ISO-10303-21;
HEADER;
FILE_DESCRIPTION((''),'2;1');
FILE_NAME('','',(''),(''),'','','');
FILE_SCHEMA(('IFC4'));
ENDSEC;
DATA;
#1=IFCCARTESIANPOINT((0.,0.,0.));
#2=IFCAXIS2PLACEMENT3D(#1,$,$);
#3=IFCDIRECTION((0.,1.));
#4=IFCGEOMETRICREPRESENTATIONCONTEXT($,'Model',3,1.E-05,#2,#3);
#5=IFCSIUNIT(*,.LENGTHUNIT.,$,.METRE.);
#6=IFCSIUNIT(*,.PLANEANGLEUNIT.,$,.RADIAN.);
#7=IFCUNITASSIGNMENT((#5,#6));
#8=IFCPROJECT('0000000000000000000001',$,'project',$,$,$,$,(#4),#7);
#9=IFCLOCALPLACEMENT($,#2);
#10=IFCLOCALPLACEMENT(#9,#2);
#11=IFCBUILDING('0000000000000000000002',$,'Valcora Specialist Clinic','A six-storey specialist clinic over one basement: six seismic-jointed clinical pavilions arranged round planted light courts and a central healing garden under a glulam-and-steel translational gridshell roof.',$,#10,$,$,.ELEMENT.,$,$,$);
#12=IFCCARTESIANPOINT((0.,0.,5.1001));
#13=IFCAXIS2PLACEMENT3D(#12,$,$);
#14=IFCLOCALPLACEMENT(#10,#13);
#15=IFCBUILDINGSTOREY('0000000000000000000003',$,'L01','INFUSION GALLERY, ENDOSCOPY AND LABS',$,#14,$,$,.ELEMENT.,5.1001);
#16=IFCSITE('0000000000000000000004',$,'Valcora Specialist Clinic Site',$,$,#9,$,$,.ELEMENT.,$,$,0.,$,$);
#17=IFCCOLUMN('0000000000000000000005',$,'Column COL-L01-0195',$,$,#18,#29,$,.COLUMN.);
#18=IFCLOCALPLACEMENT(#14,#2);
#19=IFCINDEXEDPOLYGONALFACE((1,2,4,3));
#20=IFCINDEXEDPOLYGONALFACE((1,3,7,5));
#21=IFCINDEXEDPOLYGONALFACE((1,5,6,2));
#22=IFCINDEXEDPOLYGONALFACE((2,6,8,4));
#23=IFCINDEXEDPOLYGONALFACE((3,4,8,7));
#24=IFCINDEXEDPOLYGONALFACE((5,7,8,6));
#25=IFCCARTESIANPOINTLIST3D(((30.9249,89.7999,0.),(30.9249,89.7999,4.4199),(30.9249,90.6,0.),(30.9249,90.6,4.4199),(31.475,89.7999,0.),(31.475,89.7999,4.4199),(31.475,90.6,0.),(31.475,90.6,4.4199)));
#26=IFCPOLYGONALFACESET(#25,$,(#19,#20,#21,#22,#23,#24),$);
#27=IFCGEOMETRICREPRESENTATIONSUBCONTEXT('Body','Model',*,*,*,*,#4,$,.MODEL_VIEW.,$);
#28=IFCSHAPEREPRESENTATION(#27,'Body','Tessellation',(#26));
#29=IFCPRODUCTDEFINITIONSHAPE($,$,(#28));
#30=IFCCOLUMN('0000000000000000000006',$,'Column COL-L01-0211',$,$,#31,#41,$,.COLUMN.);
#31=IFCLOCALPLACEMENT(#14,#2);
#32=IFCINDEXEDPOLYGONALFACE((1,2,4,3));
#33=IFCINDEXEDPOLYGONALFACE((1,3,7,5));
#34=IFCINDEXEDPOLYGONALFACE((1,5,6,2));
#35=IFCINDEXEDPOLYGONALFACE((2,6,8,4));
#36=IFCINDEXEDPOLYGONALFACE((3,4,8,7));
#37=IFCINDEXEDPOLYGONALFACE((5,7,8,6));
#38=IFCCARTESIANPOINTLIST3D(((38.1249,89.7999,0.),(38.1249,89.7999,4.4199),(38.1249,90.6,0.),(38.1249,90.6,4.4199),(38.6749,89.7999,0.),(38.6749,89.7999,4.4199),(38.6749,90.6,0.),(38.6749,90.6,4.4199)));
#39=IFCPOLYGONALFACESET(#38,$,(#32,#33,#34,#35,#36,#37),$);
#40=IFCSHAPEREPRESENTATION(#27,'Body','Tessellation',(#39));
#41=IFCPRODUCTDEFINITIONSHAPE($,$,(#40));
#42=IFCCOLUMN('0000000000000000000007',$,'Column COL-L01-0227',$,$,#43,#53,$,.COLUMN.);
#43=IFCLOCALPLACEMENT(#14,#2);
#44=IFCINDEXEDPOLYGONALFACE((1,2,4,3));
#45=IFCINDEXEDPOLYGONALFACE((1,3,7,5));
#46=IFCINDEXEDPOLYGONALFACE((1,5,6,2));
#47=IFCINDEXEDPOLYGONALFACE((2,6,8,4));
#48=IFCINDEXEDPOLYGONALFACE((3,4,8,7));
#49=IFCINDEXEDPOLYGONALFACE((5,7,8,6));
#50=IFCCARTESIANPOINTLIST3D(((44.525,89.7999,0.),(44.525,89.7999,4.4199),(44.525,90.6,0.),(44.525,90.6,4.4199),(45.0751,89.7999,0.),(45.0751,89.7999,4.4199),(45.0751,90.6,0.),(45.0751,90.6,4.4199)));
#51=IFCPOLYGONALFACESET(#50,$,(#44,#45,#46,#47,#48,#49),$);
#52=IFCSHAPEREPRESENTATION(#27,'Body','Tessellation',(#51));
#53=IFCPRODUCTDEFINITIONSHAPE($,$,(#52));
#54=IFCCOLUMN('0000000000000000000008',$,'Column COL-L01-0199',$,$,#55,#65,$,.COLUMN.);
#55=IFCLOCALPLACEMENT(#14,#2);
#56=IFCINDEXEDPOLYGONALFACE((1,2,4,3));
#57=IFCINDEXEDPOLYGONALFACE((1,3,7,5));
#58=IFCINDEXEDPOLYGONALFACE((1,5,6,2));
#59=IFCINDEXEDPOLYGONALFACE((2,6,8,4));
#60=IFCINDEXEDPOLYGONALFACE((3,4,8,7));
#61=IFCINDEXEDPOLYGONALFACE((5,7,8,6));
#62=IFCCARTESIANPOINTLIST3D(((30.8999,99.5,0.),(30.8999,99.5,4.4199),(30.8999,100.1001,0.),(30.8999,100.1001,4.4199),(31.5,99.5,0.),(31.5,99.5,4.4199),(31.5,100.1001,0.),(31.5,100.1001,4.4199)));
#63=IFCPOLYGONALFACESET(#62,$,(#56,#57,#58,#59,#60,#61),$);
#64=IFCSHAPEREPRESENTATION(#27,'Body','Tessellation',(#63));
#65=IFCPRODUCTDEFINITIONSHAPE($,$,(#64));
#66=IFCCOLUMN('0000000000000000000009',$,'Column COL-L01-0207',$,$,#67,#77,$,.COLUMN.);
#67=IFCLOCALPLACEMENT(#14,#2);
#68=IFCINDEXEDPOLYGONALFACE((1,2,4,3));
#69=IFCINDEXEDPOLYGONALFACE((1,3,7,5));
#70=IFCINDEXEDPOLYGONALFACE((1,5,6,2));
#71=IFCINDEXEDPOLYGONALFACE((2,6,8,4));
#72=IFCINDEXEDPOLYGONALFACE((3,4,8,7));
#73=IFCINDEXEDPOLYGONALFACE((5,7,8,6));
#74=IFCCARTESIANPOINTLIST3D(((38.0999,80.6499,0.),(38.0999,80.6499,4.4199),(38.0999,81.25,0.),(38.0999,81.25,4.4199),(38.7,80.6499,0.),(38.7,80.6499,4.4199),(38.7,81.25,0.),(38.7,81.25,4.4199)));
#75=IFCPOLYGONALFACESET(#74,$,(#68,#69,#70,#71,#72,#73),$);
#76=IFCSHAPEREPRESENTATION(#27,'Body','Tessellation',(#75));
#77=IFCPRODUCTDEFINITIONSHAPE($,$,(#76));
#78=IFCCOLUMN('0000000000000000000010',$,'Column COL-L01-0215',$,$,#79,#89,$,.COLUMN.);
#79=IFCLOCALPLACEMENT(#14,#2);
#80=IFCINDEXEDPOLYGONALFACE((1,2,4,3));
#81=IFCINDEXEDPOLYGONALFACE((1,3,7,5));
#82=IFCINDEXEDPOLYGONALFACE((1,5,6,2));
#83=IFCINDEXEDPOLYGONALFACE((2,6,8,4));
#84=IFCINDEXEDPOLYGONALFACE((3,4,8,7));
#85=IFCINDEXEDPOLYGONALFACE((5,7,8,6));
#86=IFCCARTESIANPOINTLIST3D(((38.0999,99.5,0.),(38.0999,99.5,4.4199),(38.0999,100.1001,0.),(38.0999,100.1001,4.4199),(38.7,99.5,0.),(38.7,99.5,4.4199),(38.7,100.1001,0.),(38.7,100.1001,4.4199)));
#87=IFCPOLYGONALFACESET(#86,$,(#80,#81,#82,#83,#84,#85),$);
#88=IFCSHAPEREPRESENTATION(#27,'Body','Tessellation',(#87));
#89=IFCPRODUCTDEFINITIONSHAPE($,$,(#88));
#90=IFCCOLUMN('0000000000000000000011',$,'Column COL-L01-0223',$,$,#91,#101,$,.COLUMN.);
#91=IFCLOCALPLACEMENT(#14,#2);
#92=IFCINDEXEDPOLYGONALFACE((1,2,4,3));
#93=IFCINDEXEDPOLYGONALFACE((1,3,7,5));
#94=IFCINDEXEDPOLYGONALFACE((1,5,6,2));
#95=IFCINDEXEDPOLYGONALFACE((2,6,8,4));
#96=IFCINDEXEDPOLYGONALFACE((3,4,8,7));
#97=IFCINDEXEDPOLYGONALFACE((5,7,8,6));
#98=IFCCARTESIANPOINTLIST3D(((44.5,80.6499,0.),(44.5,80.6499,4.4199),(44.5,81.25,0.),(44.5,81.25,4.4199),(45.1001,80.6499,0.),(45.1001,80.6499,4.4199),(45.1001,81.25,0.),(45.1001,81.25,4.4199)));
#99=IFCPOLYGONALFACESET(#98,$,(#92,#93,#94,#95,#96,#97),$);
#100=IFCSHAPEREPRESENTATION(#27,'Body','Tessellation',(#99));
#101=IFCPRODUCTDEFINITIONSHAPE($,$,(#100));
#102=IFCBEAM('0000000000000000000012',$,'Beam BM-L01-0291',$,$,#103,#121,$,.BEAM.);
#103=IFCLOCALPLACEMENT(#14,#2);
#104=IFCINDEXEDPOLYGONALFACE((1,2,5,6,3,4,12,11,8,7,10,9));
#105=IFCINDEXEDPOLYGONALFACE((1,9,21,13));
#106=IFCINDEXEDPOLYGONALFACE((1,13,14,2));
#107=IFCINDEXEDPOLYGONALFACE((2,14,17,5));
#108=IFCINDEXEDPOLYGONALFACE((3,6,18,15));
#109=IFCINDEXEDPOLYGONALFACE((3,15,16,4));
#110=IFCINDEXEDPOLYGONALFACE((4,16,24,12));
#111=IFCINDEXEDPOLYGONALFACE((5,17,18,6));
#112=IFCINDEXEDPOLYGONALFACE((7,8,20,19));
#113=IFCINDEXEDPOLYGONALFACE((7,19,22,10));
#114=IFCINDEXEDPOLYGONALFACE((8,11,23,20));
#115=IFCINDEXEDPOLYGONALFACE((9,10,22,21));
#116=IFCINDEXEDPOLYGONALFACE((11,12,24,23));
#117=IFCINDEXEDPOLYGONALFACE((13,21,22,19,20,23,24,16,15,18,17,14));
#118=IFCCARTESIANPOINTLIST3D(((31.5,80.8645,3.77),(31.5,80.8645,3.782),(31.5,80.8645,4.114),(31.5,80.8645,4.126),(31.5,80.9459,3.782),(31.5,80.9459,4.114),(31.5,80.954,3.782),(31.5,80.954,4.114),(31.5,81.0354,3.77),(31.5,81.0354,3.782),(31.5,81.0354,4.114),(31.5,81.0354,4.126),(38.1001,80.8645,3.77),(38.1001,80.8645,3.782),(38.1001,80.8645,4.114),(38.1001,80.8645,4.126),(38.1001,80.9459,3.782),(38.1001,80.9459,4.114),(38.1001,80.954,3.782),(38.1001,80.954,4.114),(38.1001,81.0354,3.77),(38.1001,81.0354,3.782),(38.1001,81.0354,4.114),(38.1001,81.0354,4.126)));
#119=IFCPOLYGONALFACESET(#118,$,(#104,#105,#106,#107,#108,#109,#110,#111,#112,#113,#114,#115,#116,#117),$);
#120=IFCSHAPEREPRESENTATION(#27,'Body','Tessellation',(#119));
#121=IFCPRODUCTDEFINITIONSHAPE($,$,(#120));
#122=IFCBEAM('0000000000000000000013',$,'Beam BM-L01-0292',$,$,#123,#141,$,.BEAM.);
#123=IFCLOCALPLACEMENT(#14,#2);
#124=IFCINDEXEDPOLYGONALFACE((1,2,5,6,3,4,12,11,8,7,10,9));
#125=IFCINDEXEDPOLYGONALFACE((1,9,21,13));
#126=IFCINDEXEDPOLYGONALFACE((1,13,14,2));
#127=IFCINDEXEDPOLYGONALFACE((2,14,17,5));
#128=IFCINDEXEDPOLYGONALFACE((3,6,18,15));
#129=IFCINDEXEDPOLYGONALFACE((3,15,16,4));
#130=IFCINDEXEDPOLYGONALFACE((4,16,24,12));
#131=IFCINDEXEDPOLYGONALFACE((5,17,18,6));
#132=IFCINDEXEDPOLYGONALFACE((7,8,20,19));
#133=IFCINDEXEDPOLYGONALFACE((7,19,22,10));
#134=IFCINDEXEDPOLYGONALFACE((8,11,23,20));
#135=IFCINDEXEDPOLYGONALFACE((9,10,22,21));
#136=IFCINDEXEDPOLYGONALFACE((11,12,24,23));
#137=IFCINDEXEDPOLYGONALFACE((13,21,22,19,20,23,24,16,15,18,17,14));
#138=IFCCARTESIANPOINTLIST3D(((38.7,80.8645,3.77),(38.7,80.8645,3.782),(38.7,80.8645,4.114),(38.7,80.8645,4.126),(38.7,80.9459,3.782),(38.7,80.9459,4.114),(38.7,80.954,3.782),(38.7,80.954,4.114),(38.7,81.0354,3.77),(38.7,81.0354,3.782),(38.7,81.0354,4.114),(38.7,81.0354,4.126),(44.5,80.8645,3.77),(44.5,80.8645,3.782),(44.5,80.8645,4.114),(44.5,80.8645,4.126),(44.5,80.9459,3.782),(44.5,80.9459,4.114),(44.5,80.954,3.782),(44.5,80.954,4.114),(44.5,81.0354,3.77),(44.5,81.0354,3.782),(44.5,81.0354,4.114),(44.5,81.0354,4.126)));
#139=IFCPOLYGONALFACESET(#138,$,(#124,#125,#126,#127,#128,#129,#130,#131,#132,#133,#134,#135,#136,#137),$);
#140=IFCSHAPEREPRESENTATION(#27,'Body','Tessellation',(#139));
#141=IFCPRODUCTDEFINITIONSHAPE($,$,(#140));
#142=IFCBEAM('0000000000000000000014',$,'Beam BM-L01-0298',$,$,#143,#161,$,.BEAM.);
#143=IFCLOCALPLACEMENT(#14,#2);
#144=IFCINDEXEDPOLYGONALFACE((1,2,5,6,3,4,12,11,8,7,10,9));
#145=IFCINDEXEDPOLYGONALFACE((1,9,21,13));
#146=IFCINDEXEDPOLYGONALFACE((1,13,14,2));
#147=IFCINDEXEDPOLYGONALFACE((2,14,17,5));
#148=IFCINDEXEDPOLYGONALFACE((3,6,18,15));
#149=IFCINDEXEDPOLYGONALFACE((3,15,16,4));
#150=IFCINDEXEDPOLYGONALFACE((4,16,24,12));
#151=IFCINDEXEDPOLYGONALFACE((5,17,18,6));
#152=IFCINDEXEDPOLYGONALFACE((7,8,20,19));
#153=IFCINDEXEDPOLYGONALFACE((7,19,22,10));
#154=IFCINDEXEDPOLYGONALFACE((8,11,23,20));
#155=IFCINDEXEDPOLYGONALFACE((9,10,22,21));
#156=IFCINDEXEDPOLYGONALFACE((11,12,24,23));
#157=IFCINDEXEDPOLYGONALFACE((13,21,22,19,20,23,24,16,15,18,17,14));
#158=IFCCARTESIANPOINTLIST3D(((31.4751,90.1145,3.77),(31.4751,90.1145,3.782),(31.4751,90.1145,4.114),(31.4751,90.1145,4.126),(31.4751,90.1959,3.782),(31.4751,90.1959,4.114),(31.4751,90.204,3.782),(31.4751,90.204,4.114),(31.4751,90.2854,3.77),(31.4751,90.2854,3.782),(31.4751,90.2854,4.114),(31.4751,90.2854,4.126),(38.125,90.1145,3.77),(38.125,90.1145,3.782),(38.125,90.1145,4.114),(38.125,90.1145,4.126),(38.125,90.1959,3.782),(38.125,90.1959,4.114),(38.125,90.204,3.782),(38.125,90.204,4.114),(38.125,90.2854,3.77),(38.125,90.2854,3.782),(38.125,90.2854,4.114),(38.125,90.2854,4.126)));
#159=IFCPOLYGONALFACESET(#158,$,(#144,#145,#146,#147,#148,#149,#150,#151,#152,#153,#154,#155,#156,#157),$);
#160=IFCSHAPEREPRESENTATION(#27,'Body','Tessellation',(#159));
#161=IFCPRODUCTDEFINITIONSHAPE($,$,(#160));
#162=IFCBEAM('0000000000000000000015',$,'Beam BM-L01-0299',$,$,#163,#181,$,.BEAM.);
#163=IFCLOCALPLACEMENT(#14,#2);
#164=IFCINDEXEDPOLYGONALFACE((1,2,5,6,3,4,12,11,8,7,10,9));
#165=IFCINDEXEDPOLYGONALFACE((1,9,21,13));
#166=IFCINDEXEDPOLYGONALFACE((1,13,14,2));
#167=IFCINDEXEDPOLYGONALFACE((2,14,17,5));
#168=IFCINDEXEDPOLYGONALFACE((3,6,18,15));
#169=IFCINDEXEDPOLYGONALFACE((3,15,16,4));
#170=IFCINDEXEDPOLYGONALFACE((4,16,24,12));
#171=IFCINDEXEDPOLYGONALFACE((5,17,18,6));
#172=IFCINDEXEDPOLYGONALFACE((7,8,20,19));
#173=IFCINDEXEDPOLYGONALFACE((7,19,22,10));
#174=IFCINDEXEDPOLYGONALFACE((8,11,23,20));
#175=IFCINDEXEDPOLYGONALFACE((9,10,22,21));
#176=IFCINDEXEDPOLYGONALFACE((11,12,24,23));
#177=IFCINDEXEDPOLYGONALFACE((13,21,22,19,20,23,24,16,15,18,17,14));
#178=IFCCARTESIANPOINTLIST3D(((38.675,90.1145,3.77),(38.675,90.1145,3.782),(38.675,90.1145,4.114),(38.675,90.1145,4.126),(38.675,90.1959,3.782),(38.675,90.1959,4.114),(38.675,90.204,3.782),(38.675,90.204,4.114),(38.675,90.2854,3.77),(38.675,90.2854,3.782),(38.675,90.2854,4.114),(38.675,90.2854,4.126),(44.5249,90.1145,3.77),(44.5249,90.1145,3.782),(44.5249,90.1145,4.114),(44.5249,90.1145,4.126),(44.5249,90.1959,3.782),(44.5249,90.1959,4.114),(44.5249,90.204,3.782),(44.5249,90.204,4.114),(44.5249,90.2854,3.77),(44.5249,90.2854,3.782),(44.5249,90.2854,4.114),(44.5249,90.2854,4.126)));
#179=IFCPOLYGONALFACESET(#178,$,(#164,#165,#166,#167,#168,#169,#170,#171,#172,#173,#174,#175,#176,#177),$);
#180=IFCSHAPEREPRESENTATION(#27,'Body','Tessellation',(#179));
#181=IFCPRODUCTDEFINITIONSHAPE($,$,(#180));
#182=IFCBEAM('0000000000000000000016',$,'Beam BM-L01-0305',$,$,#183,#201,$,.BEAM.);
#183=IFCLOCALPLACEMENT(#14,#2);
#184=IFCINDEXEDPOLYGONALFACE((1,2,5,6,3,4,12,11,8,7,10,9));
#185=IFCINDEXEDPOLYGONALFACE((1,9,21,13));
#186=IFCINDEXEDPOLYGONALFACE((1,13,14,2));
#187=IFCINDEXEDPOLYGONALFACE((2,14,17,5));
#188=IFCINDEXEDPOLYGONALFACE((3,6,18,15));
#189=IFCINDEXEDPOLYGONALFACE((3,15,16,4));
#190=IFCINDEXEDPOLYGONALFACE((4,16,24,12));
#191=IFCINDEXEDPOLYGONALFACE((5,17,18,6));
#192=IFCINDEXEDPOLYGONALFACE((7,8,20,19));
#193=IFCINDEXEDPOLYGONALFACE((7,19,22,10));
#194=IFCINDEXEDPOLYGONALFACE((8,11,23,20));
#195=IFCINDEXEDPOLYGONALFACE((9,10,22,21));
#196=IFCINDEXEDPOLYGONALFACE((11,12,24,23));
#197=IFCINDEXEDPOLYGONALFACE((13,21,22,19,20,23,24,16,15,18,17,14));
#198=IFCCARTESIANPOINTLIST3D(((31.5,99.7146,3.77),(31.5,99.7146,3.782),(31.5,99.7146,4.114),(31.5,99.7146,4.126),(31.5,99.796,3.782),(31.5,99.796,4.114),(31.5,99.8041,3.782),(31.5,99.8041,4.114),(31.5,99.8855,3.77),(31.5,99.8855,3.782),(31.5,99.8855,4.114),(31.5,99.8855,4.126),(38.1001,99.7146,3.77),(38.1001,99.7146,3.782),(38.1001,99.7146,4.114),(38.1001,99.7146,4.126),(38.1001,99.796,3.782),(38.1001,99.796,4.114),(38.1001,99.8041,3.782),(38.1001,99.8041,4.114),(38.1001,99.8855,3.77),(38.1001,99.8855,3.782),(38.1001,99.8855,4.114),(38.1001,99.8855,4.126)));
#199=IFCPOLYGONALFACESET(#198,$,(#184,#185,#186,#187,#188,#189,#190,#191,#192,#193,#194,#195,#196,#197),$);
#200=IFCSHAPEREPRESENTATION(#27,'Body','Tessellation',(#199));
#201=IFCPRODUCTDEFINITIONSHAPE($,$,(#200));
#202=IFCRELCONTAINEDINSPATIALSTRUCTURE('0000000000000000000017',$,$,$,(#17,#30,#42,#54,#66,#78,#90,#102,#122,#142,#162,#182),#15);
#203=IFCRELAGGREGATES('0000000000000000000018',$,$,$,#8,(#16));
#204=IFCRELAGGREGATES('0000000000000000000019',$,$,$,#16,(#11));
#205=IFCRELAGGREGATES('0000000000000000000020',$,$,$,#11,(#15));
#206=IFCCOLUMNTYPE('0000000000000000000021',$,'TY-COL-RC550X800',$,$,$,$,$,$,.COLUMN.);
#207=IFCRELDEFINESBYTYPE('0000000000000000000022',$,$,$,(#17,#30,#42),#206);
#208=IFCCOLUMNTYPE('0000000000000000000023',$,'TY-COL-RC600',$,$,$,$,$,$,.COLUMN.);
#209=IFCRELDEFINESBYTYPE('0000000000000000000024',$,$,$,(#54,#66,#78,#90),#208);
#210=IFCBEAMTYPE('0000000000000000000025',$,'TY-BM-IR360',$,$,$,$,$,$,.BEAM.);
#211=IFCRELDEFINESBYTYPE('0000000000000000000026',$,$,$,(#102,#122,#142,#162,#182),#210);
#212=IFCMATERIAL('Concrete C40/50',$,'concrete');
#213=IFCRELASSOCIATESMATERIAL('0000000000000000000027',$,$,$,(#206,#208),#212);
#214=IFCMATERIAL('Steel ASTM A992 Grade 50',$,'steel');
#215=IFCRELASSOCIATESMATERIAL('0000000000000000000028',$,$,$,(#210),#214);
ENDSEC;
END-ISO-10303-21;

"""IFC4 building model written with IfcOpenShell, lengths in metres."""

from ifc_helpers import new_model, si_unit, direction, frame, origin, origin_2d, place, context, subcontext, project, spatial, rectangle, i_section, extrude, material, material_profile, profile_set, type_object, element, save


model = new_model("IFC4")

# Units and contexts
model_context = context("Model", 3, precision=1e-05, world=origin(), true_north=direction((0.0, 1.0)))
body_context = subcontext(model_context, "Body", "Model", "MODEL_VIEW")
ifc_project = project(units=[si_unit("LENGTHUNIT", "METRE"), si_unit("PLANEANGLEUNIT", "RADIAN")], contexts=[model_context])

# Site, building, storey
site_placement = place(None, origin())
site = spatial("IfcSite", under=ifc_project, at=site_placement, Name="Valcora Specialist Clinic Site", CompositionType="ELEMENT", RefElevation=0.0)
building_placement = place(site_placement, origin())
building = spatial("IfcBuilding", under=site, at=building_placement, Name="Valcora Specialist Clinic", Description="A six-storey specialist clinic over one basement: six seismic-jointed clinical pavilions arranged round planted light courts and a central healing garden under a glulam-and-steel translational gridshell roof.", CompositionType="ELEMENT")
storey_placement = place(building_placement, frame((0.0, 0.0, 5.1001)))
storey = spatial("IfcBuildingStorey", under=building, at=storey_placement, Name="L01", Description="INFUSION GALLERY, ENDOSCOPY AND LABS", CompositionType="ELEMENT", Elevation=5.1001)

# Columns
ifc_material_1 = material(Name="Concrete C40/50", Category="concrete")
ifc_material_profile_1 = material_profile(ifc_material_1, rectangle(XDim=0.55, YDim=0.8, at=origin_2d()), Name="RC-COL-550X800")
ifc_profile_set_1 = profile_set([ifc_material_profile_1], Name="Concrete C40/50")
column_type_1 = type_object("IfcColumnType", Name="TY-COL-RC550X800", PredefinedType="COLUMN", material=ifc_profile_set_1)
for number, where, z_axis, x_axis, name in (
    (1, (31.2, 90.2, 0.0), (0.0, 0.0, 1.0), (1.0, 0.0, 0.0), "Column COL-L01-0195"),
    (2, (38.3999, 90.2, 0.0), (0.0, 0.0, 1.0), (1.0, 0.0, 0.0), "Column COL-L01-0211"),
    (3, (44.8, 90.2, 0.0), (0.0, 0.0, 1.0), (1.0, 0.0, 0.0), "Column COL-L01-0227"),
):
    element("IfcColumn", number, at=place(storey_placement, frame(where, z_axis=z_axis, x_axis=x_axis)), inside=storey, type_object=column_type_1, Name=name, PredefinedType="COLUMN", context=body_context, shape_type="SweptSolid", body=[
        extrude(rectangle(XDim=0.55, YDim=0.8, at=origin_2d()), origin(), (0.0, 0.0, 1.0), 4.4199),
    ])
ifc_material_profile_2 = material_profile(ifc_material_1, rectangle(XDim=0.6001, YDim=0.6001, at=origin_2d()), Name="RC-COL-600X600")
ifc_profile_set_2 = profile_set([ifc_material_profile_2], Name="Concrete C40/50")
column_type_2 = type_object("IfcColumnType", Name="TY-COL-RC600", PredefinedType="COLUMN", material=ifc_profile_set_2)
for number, where, z_axis, x_axis, name in (
    (4, (31.2, 99.8, 0.0), (0.0, 0.0, 1.0), (1.0, 0.0, 0.0), "Column COL-L01-0199"),
    (5, (38.3999, 80.95, 0.0), (0.0, 0.0, 1.0), (1.0, 0.0, 0.0), "Column COL-L01-0207"),
    (6, (38.3999, 99.8, 0.0), (0.0, 0.0, 1.0), (1.0, 0.0, 0.0), "Column COL-L01-0215"),
    (7, (44.8, 80.95, 0.0), (0.0, 0.0, 1.0), (1.0, 0.0, 0.0), "Column COL-L01-0223"),
):
    element("IfcColumn", number, at=place(storey_placement, frame(where, z_axis=z_axis, x_axis=x_axis)), inside=storey, type_object=column_type_2, Name=name, PredefinedType="COLUMN", context=body_context, shape_type="SweptSolid", body=[
        extrude(rectangle(XDim=0.6001, YDim=0.6001, at=origin_2d()), origin(), (0.0, 0.0, 1.0), 4.4199),
    ])

# Beams
ifc_material_2 = material(Name="Steel ASTM A992 Grade 50", Category="steel")
ifc_material_profile_3 = material_profile(ifc_material_2, i_section(OverallWidth=0.1709, OverallDepth=0.356, WebThickness=0.0081, FlangeThickness=0.012, at=origin_2d()), Name="ST-IR-360X170")
ifc_profile_set_3 = profile_set([ifc_material_profile_3], Name="Steel ASTM A992 Grade 50")
beam_type_1 = type_object("IfcBeamType", Name="TY-BM-IR360", PredefinedType="BEAM", material=ifc_profile_set_3)
beam_1_placement = place(storey_placement, frame((31.5, 80.95, 3.948), z_axis=(1.0, 0.0, 0.0), x_axis=(0.0, 1.0, 0.0)))
element("IfcBeam", 8, at=beam_1_placement, inside=storey, type_object=beam_type_1, Name="Beam BM-L01-0291", PredefinedType="BEAM", context=body_context, shape_type="SweptSolid", body=[
    extrude(i_section(OverallWidth=0.1709, OverallDepth=0.356, WebThickness=0.0081, FlangeThickness=0.012, at=origin_2d()), origin(), (0.0, 0.0, 1.0), 6.6001),
])
beam_2_placement = place(storey_placement, frame((38.7, 80.95, 3.948), z_axis=(1.0, 0.0, 0.0), x_axis=(0.0, 1.0, 0.0)))
element("IfcBeam", 9, at=beam_2_placement, inside=storey, type_object=beam_type_1, Name="Beam BM-L01-0292", PredefinedType="BEAM", context=body_context, shape_type="SweptSolid", body=[
    extrude(i_section(OverallWidth=0.1709, OverallDepth=0.356, WebThickness=0.0081, FlangeThickness=0.012, at=origin_2d()), origin(), (0.0, 0.0, 1.0), 5.8),
])
beam_3_placement = place(storey_placement, frame((31.4751, 90.2, 3.948), z_axis=(1.0, 0.0, 0.0), x_axis=(0.0, 1.0, 0.0)))
element("IfcBeam", 10, at=beam_3_placement, inside=storey, type_object=beam_type_1, Name="Beam BM-L01-0298", PredefinedType="BEAM", context=body_context, shape_type="SweptSolid", body=[
    extrude(i_section(OverallWidth=0.1709, OverallDepth=0.356, WebThickness=0.0081, FlangeThickness=0.012, at=origin_2d()), origin(), (0.0, 0.0, 1.0), 6.6499),
])
beam_4_placement = place(storey_placement, frame((38.675, 90.2, 3.948), z_axis=(1.0, 0.0, 0.0), x_axis=(0.0, 1.0, 0.0)))
element("IfcBeam", 11, at=beam_4_placement, inside=storey, type_object=beam_type_1, Name="Beam BM-L01-0299", PredefinedType="BEAM", context=body_context, shape_type="SweptSolid", body=[
    extrude(i_section(OverallWidth=0.1709, OverallDepth=0.356, WebThickness=0.0081, FlangeThickness=0.012, at=origin_2d()), origin(), (0.0, 0.0, 1.0), 5.8499),
])
beam_5_placement = place(storey_placement, frame((31.5, 99.8, 3.948), z_axis=(1.0, 0.0, 0.0), x_axis=(0.0, 1.0, 0.0)))
element("IfcBeam", 12, at=beam_5_placement, inside=storey, type_object=beam_type_1, Name="Beam BM-L01-0305", PredefinedType="BEAM", context=body_context, shape_type="SweptSolid", body=[
    extrude(i_section(OverallWidth=0.1709, OverallDepth=0.356, WebThickness=0.0081, FlangeThickness=0.012, at=origin_2d()), origin(), (0.0, 0.0, 1.0), 6.6001),
])

save(model, "model.ifc")
